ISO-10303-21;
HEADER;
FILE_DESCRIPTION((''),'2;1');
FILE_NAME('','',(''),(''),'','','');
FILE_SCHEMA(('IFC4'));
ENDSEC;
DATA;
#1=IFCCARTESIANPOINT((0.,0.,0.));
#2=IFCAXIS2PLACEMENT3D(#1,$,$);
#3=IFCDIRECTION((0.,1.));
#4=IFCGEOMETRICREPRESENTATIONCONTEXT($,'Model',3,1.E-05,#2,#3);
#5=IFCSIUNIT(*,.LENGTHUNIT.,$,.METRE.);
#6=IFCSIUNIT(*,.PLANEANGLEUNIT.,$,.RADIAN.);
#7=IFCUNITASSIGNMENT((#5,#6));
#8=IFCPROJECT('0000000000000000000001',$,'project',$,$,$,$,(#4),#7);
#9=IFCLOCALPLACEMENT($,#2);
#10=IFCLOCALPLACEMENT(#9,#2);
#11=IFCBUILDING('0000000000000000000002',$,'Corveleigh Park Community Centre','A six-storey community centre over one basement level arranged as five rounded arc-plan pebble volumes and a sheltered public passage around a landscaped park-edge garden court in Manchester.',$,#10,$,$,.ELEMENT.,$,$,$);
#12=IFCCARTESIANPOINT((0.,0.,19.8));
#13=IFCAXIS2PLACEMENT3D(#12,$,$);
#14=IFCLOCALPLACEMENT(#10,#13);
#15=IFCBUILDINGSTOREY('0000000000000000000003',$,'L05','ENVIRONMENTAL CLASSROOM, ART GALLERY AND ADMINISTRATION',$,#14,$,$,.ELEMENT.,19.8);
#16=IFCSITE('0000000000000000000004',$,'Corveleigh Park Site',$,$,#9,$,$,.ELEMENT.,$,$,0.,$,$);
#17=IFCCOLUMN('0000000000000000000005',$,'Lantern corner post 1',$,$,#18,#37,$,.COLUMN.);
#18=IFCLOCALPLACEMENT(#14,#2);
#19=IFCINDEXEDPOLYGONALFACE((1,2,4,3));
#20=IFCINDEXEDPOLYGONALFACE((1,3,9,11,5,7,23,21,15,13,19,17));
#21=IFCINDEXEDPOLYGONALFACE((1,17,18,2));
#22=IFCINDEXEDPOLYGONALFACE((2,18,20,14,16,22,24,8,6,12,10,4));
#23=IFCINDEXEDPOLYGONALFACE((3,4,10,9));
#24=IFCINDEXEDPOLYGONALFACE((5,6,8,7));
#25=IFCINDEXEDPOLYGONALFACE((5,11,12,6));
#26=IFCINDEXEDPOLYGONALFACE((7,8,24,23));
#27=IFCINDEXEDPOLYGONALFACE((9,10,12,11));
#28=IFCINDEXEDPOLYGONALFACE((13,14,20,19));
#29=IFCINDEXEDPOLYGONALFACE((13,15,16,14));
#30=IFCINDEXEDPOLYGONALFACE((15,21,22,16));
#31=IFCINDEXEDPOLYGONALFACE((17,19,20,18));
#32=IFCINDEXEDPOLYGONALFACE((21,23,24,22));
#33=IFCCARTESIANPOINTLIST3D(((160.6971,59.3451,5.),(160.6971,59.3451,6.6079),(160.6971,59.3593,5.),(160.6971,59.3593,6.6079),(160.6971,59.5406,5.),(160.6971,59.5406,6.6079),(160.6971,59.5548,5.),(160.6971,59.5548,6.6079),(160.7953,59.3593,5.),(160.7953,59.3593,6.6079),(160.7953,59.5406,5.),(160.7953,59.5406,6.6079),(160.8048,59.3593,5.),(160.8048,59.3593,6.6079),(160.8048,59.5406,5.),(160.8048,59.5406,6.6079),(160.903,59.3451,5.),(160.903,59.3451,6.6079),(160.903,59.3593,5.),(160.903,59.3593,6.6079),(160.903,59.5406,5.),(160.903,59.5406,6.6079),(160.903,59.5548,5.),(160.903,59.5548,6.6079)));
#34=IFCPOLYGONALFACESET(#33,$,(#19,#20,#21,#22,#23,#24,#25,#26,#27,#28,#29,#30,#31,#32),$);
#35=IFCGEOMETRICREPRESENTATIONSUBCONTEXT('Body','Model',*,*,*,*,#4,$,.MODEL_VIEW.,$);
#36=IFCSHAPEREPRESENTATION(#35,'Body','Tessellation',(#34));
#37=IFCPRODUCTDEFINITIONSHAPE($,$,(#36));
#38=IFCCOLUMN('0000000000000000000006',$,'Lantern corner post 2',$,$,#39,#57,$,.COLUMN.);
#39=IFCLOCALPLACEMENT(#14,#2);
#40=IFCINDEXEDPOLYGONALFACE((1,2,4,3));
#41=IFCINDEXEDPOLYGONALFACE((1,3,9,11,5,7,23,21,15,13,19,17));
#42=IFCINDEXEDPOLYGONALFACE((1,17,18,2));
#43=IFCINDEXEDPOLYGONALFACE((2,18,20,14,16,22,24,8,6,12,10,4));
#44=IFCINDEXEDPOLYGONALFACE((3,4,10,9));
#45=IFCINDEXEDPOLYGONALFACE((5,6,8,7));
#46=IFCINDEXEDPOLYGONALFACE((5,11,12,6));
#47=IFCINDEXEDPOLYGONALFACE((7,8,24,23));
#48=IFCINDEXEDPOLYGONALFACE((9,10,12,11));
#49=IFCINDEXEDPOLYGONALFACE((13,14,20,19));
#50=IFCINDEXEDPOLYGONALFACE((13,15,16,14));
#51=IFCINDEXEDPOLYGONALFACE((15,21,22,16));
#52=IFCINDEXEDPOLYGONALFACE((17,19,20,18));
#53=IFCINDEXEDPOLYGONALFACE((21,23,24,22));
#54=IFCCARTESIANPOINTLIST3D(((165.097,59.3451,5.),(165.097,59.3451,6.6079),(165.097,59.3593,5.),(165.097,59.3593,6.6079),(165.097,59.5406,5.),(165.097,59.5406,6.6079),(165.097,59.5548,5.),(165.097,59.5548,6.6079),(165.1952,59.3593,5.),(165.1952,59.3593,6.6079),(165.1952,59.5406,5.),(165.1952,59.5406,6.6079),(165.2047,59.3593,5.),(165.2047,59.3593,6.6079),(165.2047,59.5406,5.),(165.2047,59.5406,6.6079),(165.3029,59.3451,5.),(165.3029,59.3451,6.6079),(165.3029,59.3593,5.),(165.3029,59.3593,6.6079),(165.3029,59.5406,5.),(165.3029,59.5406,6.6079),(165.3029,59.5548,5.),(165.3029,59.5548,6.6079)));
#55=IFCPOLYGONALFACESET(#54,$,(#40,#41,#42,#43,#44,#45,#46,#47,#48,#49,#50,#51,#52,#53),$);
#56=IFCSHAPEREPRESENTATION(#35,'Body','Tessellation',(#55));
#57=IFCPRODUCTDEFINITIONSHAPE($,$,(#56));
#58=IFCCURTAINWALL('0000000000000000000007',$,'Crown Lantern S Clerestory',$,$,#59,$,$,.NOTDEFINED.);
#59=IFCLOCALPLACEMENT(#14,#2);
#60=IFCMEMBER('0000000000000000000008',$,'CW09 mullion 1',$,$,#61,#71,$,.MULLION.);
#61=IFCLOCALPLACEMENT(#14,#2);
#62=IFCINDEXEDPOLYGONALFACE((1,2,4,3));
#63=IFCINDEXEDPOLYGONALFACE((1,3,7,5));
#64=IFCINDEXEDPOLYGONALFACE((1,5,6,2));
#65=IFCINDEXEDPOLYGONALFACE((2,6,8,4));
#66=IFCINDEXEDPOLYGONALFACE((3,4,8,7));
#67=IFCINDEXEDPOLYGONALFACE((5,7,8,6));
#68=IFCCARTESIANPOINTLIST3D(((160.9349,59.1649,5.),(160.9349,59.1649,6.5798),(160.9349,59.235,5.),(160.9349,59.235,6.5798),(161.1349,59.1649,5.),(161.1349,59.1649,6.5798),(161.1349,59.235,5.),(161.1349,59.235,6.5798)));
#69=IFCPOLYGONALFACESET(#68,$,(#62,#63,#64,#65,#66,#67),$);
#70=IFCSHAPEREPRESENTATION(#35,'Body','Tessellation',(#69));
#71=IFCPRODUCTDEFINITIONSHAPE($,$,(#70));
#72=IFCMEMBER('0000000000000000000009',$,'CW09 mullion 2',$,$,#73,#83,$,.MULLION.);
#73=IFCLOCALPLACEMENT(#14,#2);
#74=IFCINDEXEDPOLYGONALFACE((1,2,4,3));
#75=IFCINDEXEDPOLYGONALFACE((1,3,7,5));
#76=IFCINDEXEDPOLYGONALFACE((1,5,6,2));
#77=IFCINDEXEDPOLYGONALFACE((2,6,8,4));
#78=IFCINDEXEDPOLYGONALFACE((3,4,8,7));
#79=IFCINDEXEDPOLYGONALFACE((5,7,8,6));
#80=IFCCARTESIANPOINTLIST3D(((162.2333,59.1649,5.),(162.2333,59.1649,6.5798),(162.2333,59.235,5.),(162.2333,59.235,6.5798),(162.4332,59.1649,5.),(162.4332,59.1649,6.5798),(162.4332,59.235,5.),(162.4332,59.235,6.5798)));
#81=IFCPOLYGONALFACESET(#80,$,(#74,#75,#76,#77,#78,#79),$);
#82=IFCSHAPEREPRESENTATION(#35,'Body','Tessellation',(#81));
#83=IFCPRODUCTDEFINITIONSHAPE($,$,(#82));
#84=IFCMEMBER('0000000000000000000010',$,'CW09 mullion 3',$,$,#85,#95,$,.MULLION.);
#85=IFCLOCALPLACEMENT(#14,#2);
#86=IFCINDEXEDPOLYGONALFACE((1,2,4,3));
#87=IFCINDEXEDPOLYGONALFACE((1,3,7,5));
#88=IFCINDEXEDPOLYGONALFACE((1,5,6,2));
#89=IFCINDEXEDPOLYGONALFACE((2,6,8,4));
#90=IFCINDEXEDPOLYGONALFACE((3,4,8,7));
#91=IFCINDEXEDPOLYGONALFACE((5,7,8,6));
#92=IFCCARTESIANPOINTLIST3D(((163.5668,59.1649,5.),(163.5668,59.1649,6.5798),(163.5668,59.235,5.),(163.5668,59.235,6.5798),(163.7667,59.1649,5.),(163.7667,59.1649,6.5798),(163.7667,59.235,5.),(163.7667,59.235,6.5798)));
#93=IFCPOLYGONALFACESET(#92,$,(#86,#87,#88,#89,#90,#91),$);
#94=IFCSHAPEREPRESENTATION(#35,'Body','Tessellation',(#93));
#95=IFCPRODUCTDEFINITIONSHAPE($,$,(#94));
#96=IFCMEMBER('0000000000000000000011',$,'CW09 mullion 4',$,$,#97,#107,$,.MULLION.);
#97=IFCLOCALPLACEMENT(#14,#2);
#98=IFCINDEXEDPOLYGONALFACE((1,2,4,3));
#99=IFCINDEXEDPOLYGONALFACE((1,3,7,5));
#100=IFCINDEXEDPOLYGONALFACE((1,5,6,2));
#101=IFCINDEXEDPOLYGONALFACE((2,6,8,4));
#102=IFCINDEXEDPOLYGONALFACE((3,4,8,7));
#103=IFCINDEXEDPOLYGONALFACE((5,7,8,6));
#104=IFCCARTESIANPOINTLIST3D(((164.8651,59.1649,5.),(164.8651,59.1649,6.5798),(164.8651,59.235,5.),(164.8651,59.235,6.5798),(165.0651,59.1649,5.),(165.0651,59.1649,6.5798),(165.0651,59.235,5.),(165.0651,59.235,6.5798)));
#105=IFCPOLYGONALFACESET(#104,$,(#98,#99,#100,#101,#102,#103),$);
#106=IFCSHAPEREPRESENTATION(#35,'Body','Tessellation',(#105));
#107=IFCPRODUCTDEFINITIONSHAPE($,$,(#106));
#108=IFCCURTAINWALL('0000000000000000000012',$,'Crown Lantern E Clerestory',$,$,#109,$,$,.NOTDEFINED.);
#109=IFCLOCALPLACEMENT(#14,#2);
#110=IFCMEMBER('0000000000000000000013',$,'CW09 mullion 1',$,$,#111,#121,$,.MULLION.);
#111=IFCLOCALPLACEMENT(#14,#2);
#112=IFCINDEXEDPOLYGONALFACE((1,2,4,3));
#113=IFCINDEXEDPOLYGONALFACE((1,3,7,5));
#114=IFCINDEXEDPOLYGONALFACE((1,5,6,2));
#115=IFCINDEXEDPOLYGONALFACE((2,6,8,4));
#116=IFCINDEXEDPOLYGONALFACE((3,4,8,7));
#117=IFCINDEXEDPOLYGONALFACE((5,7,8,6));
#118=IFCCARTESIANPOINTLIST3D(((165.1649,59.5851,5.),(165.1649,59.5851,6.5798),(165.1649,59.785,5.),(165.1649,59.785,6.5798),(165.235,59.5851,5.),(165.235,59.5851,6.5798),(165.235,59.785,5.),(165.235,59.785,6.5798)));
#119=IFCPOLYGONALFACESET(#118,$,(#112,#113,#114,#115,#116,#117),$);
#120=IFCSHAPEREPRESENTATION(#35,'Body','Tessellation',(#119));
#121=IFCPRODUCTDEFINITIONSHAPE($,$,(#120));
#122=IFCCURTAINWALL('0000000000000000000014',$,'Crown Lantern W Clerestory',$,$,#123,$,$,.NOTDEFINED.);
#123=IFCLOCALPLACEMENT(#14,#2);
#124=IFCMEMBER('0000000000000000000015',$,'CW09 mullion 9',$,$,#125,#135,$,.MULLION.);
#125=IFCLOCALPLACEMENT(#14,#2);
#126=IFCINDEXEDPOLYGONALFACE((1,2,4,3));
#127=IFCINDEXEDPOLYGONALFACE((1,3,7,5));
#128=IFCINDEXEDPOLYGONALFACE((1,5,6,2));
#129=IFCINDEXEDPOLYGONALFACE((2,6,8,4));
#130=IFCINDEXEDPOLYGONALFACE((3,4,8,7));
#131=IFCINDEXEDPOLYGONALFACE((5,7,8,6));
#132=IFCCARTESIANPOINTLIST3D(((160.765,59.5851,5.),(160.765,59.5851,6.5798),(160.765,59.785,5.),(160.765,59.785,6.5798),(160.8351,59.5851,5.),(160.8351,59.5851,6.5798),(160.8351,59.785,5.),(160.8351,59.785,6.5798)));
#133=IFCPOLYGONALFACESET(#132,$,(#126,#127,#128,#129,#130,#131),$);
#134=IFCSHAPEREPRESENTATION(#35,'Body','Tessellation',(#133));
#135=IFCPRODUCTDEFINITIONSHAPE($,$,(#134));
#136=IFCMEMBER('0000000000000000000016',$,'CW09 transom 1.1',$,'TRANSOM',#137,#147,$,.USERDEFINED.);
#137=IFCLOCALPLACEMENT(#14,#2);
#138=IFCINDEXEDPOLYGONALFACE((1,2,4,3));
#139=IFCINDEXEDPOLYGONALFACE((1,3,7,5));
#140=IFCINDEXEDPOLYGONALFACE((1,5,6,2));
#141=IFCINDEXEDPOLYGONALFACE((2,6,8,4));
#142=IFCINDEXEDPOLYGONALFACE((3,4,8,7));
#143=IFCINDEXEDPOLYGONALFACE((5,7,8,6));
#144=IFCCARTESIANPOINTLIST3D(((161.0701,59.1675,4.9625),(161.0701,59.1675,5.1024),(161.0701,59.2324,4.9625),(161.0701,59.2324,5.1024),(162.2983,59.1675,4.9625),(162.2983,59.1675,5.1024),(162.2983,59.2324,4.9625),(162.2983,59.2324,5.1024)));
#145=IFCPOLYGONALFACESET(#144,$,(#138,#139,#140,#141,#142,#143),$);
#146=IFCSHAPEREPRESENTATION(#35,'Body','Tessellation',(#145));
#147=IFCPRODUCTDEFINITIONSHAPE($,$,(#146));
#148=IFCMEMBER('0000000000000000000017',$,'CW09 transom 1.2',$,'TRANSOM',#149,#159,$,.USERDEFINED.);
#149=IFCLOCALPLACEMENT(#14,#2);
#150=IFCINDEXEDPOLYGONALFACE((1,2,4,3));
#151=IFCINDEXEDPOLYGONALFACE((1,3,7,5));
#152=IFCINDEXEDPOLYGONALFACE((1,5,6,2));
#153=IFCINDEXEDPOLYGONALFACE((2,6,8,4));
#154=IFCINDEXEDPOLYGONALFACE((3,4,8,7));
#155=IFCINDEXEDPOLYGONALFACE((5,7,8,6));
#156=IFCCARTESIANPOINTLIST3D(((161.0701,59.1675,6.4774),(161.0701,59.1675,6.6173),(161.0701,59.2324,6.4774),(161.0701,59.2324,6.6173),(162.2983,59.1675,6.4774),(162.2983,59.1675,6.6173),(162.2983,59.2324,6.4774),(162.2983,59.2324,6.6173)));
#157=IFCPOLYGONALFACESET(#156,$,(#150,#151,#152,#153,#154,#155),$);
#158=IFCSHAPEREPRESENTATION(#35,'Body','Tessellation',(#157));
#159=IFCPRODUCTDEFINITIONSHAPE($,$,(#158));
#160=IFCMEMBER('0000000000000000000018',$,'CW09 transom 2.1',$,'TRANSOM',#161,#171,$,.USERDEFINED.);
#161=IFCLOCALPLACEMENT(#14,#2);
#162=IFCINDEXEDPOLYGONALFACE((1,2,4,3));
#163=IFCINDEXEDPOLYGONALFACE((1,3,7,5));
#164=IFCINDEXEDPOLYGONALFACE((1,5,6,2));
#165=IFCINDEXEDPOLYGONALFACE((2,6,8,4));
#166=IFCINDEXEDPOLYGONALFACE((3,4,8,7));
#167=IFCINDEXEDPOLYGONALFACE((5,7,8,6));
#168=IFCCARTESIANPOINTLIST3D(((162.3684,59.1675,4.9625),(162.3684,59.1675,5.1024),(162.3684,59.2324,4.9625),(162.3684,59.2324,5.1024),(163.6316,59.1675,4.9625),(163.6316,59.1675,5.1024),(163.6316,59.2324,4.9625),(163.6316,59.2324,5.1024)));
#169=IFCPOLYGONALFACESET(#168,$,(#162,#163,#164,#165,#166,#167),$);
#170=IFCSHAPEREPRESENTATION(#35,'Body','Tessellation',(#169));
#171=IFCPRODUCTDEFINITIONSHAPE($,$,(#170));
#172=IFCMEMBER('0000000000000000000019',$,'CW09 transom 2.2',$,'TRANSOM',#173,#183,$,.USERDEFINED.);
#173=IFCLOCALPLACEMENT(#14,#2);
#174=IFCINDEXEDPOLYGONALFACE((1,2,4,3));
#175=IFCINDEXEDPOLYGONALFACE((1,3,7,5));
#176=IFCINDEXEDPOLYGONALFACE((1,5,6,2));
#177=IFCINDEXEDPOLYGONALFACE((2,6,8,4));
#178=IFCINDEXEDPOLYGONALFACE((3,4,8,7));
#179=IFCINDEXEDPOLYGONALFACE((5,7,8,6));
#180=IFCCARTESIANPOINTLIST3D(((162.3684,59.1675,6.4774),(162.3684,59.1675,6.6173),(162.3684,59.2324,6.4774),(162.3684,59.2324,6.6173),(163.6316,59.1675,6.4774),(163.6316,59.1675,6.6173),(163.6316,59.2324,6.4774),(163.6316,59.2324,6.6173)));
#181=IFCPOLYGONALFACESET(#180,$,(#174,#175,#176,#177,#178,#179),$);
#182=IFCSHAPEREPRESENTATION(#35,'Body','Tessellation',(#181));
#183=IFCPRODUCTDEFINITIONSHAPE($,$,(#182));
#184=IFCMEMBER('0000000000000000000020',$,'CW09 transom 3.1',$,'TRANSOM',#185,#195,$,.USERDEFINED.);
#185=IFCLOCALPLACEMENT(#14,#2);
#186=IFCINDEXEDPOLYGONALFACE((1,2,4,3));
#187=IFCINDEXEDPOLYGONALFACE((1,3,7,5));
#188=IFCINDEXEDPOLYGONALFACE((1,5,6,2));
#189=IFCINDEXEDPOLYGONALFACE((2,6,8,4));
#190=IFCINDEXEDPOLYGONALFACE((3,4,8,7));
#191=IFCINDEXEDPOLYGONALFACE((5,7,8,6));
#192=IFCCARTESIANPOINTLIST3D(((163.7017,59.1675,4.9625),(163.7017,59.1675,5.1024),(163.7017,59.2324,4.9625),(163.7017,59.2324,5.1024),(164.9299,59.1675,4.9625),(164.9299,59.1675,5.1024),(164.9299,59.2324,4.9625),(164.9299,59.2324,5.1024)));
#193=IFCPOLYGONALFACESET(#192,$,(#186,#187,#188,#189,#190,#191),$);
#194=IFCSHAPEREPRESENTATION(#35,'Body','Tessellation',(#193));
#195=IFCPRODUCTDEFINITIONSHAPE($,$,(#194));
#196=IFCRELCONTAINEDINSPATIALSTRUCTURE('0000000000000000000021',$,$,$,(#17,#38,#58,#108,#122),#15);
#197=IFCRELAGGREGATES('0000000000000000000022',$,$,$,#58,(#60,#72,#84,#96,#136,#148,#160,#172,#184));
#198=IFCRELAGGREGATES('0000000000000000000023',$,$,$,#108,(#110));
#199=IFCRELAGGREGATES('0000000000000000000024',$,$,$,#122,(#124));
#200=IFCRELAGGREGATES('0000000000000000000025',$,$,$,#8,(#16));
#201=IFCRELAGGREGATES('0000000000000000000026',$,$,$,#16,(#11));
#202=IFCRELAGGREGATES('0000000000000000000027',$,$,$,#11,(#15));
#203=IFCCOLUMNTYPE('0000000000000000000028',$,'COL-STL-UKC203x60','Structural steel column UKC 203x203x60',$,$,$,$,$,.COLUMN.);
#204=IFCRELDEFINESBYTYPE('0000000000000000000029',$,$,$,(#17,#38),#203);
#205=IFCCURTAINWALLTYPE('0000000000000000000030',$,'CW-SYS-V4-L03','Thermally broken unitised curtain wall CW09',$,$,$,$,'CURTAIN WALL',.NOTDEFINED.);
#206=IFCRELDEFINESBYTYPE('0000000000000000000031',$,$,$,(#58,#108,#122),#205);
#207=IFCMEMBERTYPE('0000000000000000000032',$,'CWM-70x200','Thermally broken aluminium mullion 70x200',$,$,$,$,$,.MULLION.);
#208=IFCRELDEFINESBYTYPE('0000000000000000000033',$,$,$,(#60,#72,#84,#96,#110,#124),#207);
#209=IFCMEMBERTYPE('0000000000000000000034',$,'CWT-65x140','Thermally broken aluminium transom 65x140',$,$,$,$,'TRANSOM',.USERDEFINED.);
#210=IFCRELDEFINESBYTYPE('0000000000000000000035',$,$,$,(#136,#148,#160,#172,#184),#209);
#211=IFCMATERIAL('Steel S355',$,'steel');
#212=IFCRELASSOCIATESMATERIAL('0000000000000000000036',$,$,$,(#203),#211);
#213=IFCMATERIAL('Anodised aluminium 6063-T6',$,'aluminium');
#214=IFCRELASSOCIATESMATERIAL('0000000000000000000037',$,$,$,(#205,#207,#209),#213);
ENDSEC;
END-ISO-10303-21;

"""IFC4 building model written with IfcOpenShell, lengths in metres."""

from ifc_helpers import new_model, si_unit, direction, frame, origin, origin_2d, place, context, subcontext, project, spatial, rectangle, i_section, extrude, material, material_profile, profile_set, type_object, element, aggregate, save


model = new_model("IFC4")

# Units and contexts
model_context = context("Model", 3, precision=1e-05, world=origin(), true_north=direction((0.0, 1.0)))
body_context = subcontext(model_context, "Body", "Model", "MODEL_VIEW")
ifc_project = project(units=[si_unit("LENGTHUNIT", "METRE"), si_unit("PLANEANGLEUNIT", "RADIAN")], contexts=[model_context])

# Site, building, storey
site_placement = place(None, origin())
site = spatial("IfcSite", under=ifc_project, at=site_placement, Name="Corveleigh Park Site", CompositionType="ELEMENT", RefElevation=0.0)
building_placement = place(site_placement, origin())
building = spatial("IfcBuilding", under=site, at=building_placement, Name="Corveleigh Park Community Centre", Description="A six-storey community centre over one basement level arranged as five rounded arc-plan pebble volumes and a sheltered public passage around a landscaped park-edge garden court in Manchester.", CompositionType="ELEMENT")
storey_placement = place(building_placement, frame((0.0, 0.0, 19.8)))
storey = spatial("IfcBuildingStorey", under=building, at=storey_placement, Name="L05", Description="ENVIRONMENTAL CLASSROOM, ART GALLERY AND ADMINISTRATION", CompositionType="ELEMENT", Elevation=19.8)

# Columns
ifc_material_1 = material(Name="Steel S355", Category="steel")
ifc_material_profile_1 = material_profile(ifc_material_1, i_section(OverallWidth=0.2058, OverallDepth=0.2097, WebThickness=0.0095, FlangeThickness=0.0142, at=origin_2d()), Name="UKC 203x203x60", Category="steel")
ifc_profile_set_1 = profile_set([ifc_material_profile_1], Name="Steel S355")
column_type = type_object("IfcColumnType", Name="COL-STL-UKC203x60", Description="Structural steel column UKC 203x203x60", PredefinedType="COLUMN", material=ifc_profile_set_1)
for number, where, z_axis, x_axis, name in (
    (1, (160.8, 59.45, 5.0), (0.0, 0.0, 1.0), (1.0, 0.0, 0.0), "Lantern corner post 1"),
    (2, (165.2, 59.45, 5.0), (0.0, 0.0, 1.0), (1.0, 0.0, 0.0), "Lantern corner post 2"),
):
    element("IfcColumn", number, at=place(storey_placement, frame(where, z_axis=z_axis, x_axis=x_axis)), inside=storey, type_object=column_type, Name=name, PredefinedType="COLUMN", context=body_context, shape_type="SweptSolid", body=[
        extrude(i_section(OverallWidth=0.2058, OverallDepth=0.2097, WebThickness=0.0095, FlangeThickness=0.0142, at=origin_2d()), origin(), (0.0, 0.0, 1.0), 1.6079),
    ])

# Curtain wall, members
ifc_material_2 = material(Name="Anodised aluminium 6063-T6", Category="aluminium")
curtain_wall_type = type_object("IfcCurtainWallType", Name="CW-SYS-V4-L03", Description="Thermally broken unitised curtain wall CW09", ElementType="CURTAIN WALL", PredefinedType="NOTDEFINED", material=ifc_material_2)
curtain_wall_1_placement = place(storey_placement, origin())
curtain_wall_1 = element("IfcCurtainWall", 3, at=curtain_wall_1_placement, inside=storey, type_object=curtain_wall_type, Name="Crown Lantern S Clerestory", PredefinedType="NOTDEFINED")
ifc_material_profile_2 = material_profile(ifc_material_2, rectangle(XDim=0.0701, YDim=0.2, at=origin_2d()), Name="ALU-M70x200", Category="aluminium")
ifc_profile_set_2 = profile_set([ifc_material_profile_2], Name="Anodised aluminium 6063-T6")
member_type_1 = type_object("IfcMemberType", Name="CWM-70x200", Description="Thermally broken aluminium mullion 70x200", PredefinedType="MULLION", material=ifc_profile_set_2)
member_1_placement = place(storey_placement, frame((161.0349, 59.2, 5.0), z_axis=(0.0, 0.0, 1.0), x_axis=(0.0, 1.0, 0.0)))
member_1 = element("IfcMember", 4, at=member_1_placement, type_object=member_type_1, Name="CW09 mullion 1", PredefinedType="MULLION", context=body_context, shape_type="SweptSolid", body=[
    extrude(rectangle(XDim=0.0701, YDim=0.2, at=origin_2d()), origin(), (0.0, 0.0, 1.0), 1.5798),
])
member_2_placement = place(storey_placement, frame((162.3333, 59.2, 5.0), z_axis=(0.0, 0.0, 1.0), x_axis=(0.0, 1.0, 0.0)))
member_2 = element("IfcMember", 5, at=member_2_placement, type_object=member_type_1, Name="CW09 mullion 2", PredefinedType="MULLION", context=body_context, shape_type="SweptSolid", body=[
    extrude(rectangle(XDim=0.0701, YDim=0.2, at=origin_2d()), origin(), (0.0, 0.0, 1.0), 1.5798),
])
member_3_placement = place(storey_placement, frame((163.6667, 59.2, 5.0), z_axis=(0.0, 0.0, 1.0), x_axis=(0.0, 1.0, 0.0)))
member_3 = element("IfcMember", 6, at=member_3_placement, type_object=member_type_1, Name="CW09 mullion 3", PredefinedType="MULLION", context=body_context, shape_type="SweptSolid", body=[
    extrude(rectangle(XDim=0.0701, YDim=0.2, at=origin_2d()), origin(), (0.0, 0.0, 1.0), 1.5798),
])
member_4_placement = place(storey_placement, frame((164.9651, 59.2, 5.0), z_axis=(0.0, 0.0, 1.0), x_axis=(0.0, 1.0, 0.0)))
member_4 = element("IfcMember", 7, at=member_4_placement, type_object=member_type_1, Name="CW09 mullion 4", PredefinedType="MULLION", context=body_context, shape_type="SweptSolid", body=[
    extrude(rectangle(XDim=0.0701, YDim=0.2, at=origin_2d()), origin(), (0.0, 0.0, 1.0), 1.5798),
])

# Curtain walls, members
curtain_wall_2_placement = place(storey_placement, origin())
curtain_wall_2 = element("IfcCurtainWall", 8, at=curtain_wall_2_placement, inside=storey, type_object=curtain_wall_type, Name="Crown Lantern E Clerestory", PredefinedType="NOTDEFINED")
member_5_placement = place(storey_placement, frame((165.2, 59.6851, 5.0), z_axis=(0.0, 0.0, 1.0), x_axis=(-1.0, 0.0, 0.0)))
member_5 = element("IfcMember", 9, at=member_5_placement, type_object=member_type_1, Name="CW09 mullion 1", PredefinedType="MULLION", context=body_context, shape_type="SweptSolid", body=[
    extrude(rectangle(XDim=0.0701, YDim=0.2, at=origin_2d()), origin(), (0.0, 0.0, 1.0), 1.5798),
])
curtain_wall_3_placement = place(storey_placement, origin())
curtain_wall_3 = element("IfcCurtainWall", 10, at=curtain_wall_3_placement, inside=storey, type_object=curtain_wall_type, Name="Crown Lantern W Clerestory", PredefinedType="NOTDEFINED")
member_6_placement = place(storey_placement, frame((160.8, 59.6851, 5.0), z_axis=(0.0, 0.0, 1.0), x_axis=(1.0, 0.0, 0.0)))
member_6 = element("IfcMember", 11, at=member_6_placement, type_object=member_type_1, Name="CW09 mullion 9", PredefinedType="MULLION", context=body_context, shape_type="SweptSolid", body=[
    extrude(rectangle(XDim=0.0701, YDim=0.2, at=origin_2d()), origin(), (0.0, 0.0, 1.0), 1.5798),
])

# Members
ifc_material_profile_3 = material_profile(ifc_material_2, rectangle(XDim=0.0649, YDim=0.1399, at=origin_2d()), Name="ALU-T65x140", Category="aluminium")
ifc_profile_set_3 = profile_set([ifc_material_profile_3], Name="Anodised aluminium 6063-T6")
member_type_2 = type_object("IfcMemberType", Name="CWT-65x140", Description="Thermally broken aluminium transom 65x140", ElementType="TRANSOM", PredefinedType="USERDEFINED", material=ifc_profile_set_3)
member_7_placement = place(storey_placement, frame((161.0701, 59.2, 5.0325), z_axis=(1.0, 0.0, 0.0), x_axis=(0.0, 1.0, 0.0)))
member_7 = element("IfcMember", 12, at=member_7_placement, type_object=member_type_2, Name="CW09 transom 1.1", ObjectType="TRANSOM", PredefinedType="USERDEFINED", context=body_context, shape_type="SweptSolid", body=[
    extrude(rectangle(XDim=0.0649, YDim=0.1399, at=origin_2d()), origin(), (0.0, 0.0, 1.0), 1.2283),
])
member_8_placement = place(storey_placement, frame((161.0701, 59.2, 6.5474), z_axis=(1.0, 0.0, 0.0), x_axis=(0.0, 1.0, 0.0)))
member_8 = element("IfcMember", 13, at=member_8_placement, type_object=member_type_2, Name="CW09 transom 1.2", ObjectType="TRANSOM", PredefinedType="USERDEFINED", context=body_context, shape_type="SweptSolid", body=[
    extrude(rectangle(XDim=0.0649, YDim=0.1399, at=origin_2d()), origin(), (0.0, 0.0, 1.0), 1.2283),
])
member_9_placement = place(storey_placement, frame((162.3684, 59.2, 5.0325), z_axis=(1.0, 0.0, 0.0), x_axis=(0.0, 1.0, 0.0)))
member_9 = element("IfcMember", 14, at=member_9_placement, type_object=member_type_2, Name="CW09 transom 2.1", ObjectType="TRANSOM", PredefinedType="USERDEFINED", context=body_context, shape_type="SweptSolid", body=[
    extrude(rectangle(XDim=0.0649, YDim=0.1399, at=origin_2d()), origin(), (0.0, 0.0, 1.0), 1.2632),
])
member_10_placement = place(storey_placement, frame((162.3684, 59.2, 6.5474), z_axis=(1.0, 0.0, 0.0), x_axis=(0.0, 1.0, 0.0)))
member_10 = element("IfcMember", 15, at=member_10_placement, type_object=member_type_2, Name="CW09 transom 2.2", ObjectType="TRANSOM", PredefinedType="USERDEFINED", context=body_context, shape_type="SweptSolid", body=[
    extrude(rectangle(XDim=0.0649, YDim=0.1399, at=origin_2d()), origin(), (0.0, 0.0, 1.0), 1.2632),
])
member_11_placement = place(storey_placement, frame((163.7017, 59.2, 5.0325), z_axis=(1.0, 0.0, 0.0), x_axis=(0.0, 1.0, 0.0)))
member_11 = element("IfcMember", 16, at=member_11_placement, type_object=member_type_2, Name="CW09 transom 3.1", ObjectType="TRANSOM", PredefinedType="USERDEFINED", context=body_context, shape_type="SweptSolid", body=[
    extrude(rectangle(XDim=0.0649, YDim=0.1399, at=origin_2d()), origin(), (0.0, 0.0, 1.0), 1.2283),
])

aggregate(curtain_wall_1, [member_1, member_2, member_3, member_4, member_7, member_8, member_9, member_10, member_11])
aggregate(curtain_wall_2, [member_5])
aggregate(curtain_wall_3, [member_6])

save(model, "model.ifc")
